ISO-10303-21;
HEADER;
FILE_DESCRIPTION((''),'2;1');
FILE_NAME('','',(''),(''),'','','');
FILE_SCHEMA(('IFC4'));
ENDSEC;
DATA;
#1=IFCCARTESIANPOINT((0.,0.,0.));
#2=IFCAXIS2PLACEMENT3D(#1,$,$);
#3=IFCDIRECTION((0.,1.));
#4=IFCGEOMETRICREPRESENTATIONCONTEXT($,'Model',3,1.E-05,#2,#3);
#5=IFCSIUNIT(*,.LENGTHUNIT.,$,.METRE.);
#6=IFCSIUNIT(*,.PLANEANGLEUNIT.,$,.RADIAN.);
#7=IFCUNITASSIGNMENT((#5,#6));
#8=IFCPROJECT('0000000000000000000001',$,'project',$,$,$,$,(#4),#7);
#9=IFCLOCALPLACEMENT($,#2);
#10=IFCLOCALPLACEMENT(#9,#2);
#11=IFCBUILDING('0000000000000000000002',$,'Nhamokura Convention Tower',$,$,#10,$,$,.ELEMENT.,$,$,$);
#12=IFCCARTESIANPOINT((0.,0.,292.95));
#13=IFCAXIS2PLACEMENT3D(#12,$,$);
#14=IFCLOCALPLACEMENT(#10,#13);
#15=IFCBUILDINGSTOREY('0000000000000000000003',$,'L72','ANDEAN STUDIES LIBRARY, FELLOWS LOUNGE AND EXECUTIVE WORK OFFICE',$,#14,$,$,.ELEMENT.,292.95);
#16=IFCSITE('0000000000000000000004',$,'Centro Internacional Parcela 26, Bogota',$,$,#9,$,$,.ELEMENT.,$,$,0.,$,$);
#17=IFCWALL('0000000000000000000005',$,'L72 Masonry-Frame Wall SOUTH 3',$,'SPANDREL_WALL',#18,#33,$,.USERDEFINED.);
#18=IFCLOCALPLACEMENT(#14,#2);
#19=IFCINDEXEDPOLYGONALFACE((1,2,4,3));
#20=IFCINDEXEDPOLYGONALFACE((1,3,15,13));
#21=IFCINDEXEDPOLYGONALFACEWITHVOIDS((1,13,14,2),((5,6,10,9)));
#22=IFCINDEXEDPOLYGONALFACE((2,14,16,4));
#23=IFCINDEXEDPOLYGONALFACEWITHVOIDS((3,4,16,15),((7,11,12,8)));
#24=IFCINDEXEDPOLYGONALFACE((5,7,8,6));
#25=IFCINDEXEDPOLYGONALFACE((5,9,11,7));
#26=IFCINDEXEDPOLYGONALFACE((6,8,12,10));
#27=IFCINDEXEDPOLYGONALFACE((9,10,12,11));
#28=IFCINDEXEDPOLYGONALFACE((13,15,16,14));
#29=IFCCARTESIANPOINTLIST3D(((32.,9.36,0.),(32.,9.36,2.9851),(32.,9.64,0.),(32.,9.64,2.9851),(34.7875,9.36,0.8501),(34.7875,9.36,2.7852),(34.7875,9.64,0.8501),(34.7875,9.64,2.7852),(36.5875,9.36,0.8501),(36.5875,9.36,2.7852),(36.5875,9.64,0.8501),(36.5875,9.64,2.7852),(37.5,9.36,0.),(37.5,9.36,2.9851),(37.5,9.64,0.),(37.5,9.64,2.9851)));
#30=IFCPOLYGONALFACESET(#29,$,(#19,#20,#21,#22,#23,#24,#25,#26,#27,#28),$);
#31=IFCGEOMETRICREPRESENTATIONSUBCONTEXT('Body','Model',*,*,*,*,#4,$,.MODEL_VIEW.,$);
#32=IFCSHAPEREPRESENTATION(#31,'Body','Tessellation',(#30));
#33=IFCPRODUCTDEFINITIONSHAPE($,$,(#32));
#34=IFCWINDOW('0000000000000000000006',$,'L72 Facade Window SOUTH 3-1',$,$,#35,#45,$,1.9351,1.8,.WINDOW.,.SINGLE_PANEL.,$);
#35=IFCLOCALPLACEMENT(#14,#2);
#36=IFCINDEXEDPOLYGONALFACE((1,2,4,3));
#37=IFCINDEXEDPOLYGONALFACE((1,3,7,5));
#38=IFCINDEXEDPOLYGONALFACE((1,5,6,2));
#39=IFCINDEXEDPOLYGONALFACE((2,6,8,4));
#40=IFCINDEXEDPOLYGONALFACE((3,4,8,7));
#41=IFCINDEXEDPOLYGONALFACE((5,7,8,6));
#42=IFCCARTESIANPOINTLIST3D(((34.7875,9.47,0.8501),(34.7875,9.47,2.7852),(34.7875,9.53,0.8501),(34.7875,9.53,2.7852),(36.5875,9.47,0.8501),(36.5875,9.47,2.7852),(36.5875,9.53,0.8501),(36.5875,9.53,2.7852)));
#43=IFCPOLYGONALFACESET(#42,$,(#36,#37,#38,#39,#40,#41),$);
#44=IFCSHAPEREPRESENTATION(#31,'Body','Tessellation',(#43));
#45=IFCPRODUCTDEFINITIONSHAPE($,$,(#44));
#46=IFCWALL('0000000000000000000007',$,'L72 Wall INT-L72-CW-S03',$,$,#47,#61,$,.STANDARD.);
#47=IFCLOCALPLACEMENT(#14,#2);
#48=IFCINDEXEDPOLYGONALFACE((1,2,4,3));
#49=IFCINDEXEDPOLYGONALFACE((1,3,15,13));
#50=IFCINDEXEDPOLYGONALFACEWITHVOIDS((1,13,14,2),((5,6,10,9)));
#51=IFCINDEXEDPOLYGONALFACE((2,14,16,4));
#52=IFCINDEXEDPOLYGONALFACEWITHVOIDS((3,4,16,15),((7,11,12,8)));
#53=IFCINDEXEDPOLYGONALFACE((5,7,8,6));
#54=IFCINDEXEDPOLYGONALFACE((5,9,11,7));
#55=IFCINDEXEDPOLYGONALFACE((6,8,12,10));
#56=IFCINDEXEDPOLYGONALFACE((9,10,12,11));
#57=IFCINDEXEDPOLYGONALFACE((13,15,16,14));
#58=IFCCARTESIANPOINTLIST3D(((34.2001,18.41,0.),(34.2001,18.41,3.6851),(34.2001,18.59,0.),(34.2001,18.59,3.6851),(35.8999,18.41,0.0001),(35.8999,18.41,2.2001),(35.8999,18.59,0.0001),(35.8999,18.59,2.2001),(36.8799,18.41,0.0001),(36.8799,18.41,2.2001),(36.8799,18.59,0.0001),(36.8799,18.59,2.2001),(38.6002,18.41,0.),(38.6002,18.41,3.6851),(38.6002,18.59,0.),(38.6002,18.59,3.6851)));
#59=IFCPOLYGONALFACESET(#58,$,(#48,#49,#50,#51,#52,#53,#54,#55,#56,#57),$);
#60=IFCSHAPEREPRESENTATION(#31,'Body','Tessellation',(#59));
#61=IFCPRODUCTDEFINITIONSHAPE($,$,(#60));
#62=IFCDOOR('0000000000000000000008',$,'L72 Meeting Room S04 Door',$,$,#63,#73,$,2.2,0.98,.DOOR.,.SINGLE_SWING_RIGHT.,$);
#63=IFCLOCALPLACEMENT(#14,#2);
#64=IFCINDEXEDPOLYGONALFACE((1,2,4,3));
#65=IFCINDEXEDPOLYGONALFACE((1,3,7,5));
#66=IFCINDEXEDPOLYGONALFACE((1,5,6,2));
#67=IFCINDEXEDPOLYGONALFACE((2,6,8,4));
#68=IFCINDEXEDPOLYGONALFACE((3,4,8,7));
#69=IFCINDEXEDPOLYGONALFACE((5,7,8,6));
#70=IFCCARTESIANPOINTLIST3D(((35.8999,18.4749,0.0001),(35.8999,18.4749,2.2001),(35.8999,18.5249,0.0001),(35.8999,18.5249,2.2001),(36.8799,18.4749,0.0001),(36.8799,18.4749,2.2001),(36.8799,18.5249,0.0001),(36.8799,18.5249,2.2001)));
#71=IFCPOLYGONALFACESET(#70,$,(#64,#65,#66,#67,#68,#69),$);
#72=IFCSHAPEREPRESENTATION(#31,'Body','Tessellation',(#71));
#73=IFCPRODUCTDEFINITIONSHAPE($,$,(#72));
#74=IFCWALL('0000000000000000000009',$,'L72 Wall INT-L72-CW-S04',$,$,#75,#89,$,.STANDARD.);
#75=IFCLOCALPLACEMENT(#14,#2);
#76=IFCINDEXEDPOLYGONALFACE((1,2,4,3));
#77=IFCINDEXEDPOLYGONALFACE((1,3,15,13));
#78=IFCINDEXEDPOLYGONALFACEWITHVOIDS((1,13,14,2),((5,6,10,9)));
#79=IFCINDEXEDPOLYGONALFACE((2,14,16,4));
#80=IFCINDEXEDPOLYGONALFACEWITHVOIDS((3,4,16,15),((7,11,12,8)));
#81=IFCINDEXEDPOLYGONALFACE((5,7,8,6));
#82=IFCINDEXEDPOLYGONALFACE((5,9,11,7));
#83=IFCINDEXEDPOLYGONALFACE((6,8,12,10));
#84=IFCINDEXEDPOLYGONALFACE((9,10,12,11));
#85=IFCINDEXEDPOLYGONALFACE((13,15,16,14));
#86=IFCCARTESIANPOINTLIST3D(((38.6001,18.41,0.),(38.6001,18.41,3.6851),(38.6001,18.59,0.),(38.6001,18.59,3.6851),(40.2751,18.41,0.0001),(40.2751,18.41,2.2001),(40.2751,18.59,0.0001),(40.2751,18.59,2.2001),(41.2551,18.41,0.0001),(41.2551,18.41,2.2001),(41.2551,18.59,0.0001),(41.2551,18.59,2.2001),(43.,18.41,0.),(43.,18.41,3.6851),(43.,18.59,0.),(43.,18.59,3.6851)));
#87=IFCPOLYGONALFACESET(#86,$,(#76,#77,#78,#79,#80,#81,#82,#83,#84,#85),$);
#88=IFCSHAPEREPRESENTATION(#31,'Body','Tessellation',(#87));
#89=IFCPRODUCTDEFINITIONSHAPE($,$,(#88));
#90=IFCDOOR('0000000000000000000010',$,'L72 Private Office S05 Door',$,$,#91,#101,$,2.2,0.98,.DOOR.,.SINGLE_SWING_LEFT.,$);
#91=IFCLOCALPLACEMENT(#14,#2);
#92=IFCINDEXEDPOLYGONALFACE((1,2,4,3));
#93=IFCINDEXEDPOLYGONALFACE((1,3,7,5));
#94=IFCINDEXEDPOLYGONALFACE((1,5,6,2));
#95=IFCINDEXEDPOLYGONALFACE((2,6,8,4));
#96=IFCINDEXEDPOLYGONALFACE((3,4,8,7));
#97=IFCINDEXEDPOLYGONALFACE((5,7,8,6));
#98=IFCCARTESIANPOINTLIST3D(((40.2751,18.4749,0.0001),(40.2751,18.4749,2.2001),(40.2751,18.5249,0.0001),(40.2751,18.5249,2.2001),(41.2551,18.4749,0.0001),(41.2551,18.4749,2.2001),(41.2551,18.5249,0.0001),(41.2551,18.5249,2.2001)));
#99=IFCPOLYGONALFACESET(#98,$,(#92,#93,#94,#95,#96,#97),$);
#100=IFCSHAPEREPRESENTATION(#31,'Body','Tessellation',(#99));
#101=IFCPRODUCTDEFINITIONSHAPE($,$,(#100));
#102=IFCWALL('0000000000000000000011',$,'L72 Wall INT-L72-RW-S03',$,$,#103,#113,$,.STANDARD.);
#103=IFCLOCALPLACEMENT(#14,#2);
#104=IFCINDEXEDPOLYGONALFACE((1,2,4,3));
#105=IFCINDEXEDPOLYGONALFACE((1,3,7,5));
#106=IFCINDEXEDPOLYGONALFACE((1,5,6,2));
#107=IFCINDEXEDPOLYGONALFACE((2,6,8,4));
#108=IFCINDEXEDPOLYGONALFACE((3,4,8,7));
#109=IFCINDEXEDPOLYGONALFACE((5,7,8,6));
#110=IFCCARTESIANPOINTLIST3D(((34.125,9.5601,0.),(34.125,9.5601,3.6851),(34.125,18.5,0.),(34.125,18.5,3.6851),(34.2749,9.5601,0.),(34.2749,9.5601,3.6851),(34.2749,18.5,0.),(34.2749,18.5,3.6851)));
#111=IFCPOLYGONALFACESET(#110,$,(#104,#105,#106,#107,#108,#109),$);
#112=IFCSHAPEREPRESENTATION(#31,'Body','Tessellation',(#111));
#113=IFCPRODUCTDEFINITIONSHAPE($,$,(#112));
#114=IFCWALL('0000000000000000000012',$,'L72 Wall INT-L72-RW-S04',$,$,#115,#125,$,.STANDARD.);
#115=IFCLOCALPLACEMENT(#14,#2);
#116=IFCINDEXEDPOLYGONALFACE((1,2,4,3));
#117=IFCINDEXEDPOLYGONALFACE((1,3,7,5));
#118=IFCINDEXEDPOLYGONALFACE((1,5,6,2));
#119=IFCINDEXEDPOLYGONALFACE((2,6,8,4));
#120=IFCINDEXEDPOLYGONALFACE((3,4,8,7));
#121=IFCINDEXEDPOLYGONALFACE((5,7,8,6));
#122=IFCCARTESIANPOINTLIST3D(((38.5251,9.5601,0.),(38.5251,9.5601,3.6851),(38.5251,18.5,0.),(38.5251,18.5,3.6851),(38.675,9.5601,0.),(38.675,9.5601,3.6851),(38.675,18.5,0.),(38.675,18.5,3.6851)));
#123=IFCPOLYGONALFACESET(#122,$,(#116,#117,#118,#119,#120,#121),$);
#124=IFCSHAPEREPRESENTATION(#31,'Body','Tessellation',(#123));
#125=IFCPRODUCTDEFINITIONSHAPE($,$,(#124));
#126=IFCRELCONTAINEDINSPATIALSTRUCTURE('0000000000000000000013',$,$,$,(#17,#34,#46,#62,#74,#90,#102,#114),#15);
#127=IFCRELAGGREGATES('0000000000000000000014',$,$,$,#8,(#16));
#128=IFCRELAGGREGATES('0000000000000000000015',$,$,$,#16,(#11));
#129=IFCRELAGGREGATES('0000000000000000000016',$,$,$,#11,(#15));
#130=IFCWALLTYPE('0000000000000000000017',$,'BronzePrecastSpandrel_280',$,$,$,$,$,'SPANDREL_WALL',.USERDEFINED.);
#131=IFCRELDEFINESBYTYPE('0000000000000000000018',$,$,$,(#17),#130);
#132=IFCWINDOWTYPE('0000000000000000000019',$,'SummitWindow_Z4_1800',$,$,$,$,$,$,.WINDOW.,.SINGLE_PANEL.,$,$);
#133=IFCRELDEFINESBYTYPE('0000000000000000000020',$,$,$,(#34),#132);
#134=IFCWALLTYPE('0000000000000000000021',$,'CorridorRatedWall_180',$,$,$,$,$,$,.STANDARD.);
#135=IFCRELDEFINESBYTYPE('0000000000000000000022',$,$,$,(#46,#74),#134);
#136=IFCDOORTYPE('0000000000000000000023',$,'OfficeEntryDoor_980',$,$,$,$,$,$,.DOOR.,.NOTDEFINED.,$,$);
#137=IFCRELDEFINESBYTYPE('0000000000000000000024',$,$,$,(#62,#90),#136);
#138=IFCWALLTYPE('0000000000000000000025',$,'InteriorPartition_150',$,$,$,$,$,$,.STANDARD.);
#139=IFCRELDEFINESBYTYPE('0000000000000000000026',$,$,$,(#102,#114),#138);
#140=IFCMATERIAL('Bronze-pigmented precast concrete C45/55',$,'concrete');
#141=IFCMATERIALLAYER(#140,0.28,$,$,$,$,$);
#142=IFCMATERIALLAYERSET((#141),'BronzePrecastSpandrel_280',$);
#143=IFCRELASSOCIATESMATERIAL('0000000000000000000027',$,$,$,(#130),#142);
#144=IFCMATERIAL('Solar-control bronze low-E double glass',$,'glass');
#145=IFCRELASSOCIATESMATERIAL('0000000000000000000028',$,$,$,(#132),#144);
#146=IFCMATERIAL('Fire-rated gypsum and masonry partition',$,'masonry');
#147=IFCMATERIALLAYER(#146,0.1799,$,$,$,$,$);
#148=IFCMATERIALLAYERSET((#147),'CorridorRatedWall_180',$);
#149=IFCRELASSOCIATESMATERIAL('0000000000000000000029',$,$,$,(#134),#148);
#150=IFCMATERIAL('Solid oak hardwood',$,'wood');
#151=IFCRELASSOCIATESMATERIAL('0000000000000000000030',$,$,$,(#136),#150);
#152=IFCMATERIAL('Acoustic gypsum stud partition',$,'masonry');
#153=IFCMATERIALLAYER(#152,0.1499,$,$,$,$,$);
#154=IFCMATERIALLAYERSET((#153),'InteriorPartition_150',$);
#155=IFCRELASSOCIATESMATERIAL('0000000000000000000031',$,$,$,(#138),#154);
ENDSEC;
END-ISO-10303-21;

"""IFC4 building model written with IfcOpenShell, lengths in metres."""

from ifc_helpers import new_model, si_unit, direction, frame, frame_2d, origin, place, context, subcontext, project, spatial, rectangle, extrude, material, layer, layer_set, type_object, element, fill, save


model = new_model("IFC4")

# Units and contexts
model_context = context("Model", 3, precision=1e-05, world=origin(), true_north=direction((0.0, 1.0)))
body_context = subcontext(model_context, "Body", "Model", "MODEL_VIEW")
ifc_project = project(units=[si_unit("LENGTHUNIT", "METRE"), si_unit("PLANEANGLEUNIT", "RADIAN")], contexts=[model_context])

# Site, building, storey
site_placement = place(None, origin())
site = spatial("IfcSite", under=ifc_project, at=site_placement, Name="Centro Internacional Parcela 26, Bogota", CompositionType="ELEMENT", RefElevation=0.0)
building_placement = place(site_placement, origin())
building = spatial("IfcBuilding", under=site, at=building_placement, Name="Nhamokura Convention Tower", CompositionType="ELEMENT")
storey_placement = place(building_placement, frame((0.0, 0.0, 292.95)))
storey = spatial("IfcBuildingStorey", under=building, at=storey_placement, Name="L72", Description="ANDEAN STUDIES LIBRARY, FELLOWS LOUNGE AND EXECUTIVE WORK OFFICE", CompositionType="ELEMENT", Elevation=292.95)

# Wall, opening, window
ifc_material_1 = material(Name="Bronze-pigmented precast concrete C45/55", Category="concrete")
ifc_layer_1 = layer(ifc_material_1, 0.28)
ifc_layer_set_1 = layer_set([ifc_layer_1], Name="BronzePrecastSpandrel_280")
wall_type_1 = type_object("IfcWallType", Name="BronzePrecastSpandrel_280", ElementType="SPANDREL_WALL", PredefinedType="USERDEFINED", material=ifc_layer_set_1)
ifc_material_2 = material(Name="Solar-control bronze low-E double glass", Category="glass")
window_type = type_object("IfcWindowType", Name="SummitWindow_Z4_1800", PartitioningType="SINGLE_PANEL", PredefinedType="WINDOW", material=ifc_material_2)
wall_1_placement = place(storey_placement, frame((37.5, 9.5, 0.0), z_axis=(0.0, 0.0, 1.0), x_axis=(-1.0, 0.0, 0.0)))
wall_1 = element("IfcWall", 1, at=wall_1_placement, inside=storey, type_object=wall_type_1, Name="L72 Masonry-Frame Wall SOUTH 3", ObjectType="SPANDREL_WALL", PredefinedType="USERDEFINED", context=body_context, shape_type="SweptSolid", body=[
    extrude(rectangle(XDim=5.5, YDim=0.28, at=frame_2d((2.75, 0.0))), origin(), (0.0, 0.0, 1.0), 2.9851),
])
opening_1_placement = place(wall_1_placement, frame((0.9126, 0.0, 0.8501)))
opening_1 = element("IfcOpeningElement", 2, at=opening_1_placement, cuts=wall_1, PredefinedType="OPENING", context=body_context, shape_type="SweptSolid", body=[
    extrude(rectangle(XDim=1.8, YDim=1.9351, at=frame_2d((0.8999, 0.9675))), frame((0.0, 0.1499, 0.0), z_axis=(0.0, -1.0, 0.0), x_axis=(1.0, 0.0, 0.0)), (0.0, 0.0, 1.0), 0.3),
])
window_1_placement = place(opening_1_placement, origin())
window_1 = element("IfcWindow", 3, at=window_1_placement, inside=storey, type_object=window_type, Name="L72 Facade Window SOUTH 3-1", OverallHeight=1.9351, OverallWidth=1.8, PartitioningType="SINGLE_PANEL", PredefinedType="WINDOW", context=body_context, shape_type="SweptSolid", body=[
    extrude(rectangle(XDim=1.8, YDim=1.9351, at=frame_2d((0.8999, 0.9675))), frame((0.0, 0.03, 0.0), z_axis=(0.0, -1.0, 0.0), x_axis=(1.0, 0.0, 0.0)), (0.0, 0.0, 1.0), 0.0601),
])
fill(opening_1, window_1)

# Walls, openings, doors
ifc_material_3 = material(Name="Fire-rated gypsum and masonry partition", Category="masonry")
ifc_layer_2 = layer(ifc_material_3, 0.1799)
ifc_layer_set_2 = layer_set([ifc_layer_2], Name="CorridorRatedWall_180")
wall_type_2 = type_object("IfcWallType", Name="CorridorRatedWall_180", PredefinedType="STANDARD", material=ifc_layer_set_2)
wall_2_placement = place(storey_placement, frame((34.2, 18.5, 0.0), z_axis=(0.0, 0.0, 1.0), x_axis=(1.0, 0.0, 0.0)))
wall_2 = element("IfcWall", 4, at=wall_2_placement, inside=storey, type_object=wall_type_2, Name="L72 Wall INT-L72-CW-S03", PredefinedType="STANDARD", context=body_context, shape_type="SweptSolid", body=[
    extrude(rectangle(XDim=4.4001, YDim=0.1799, at=frame_2d((2.2002, 0.0))), origin(), (0.0, 0.0, 1.0), 3.6851),
])
opening_2_placement = place(wall_2_placement, frame((1.7, 0.0, 0.0)))
opening_2 = element("IfcOpeningElement", 5, at=opening_2_placement, cuts=wall_2, PredefinedType="OPENING", context=body_context, shape_type="SweptSolid", body=[
    extrude(rectangle(XDim=0.98, YDim=2.2, at=frame_2d((0.49, 1.1001))), frame((0.0, 0.0999, 0.0), z_axis=(0.0, -1.0, 0.0), x_axis=(1.0, 0.0, 0.0)), (0.0, 0.0, 1.0), 0.2),
])
ifc_material_4 = material(Name="Solid oak hardwood", Category="wood")
door_type = type_object("IfcDoorType", Name="OfficeEntryDoor_980", OperationType="NOTDEFINED", PredefinedType="DOOR", material=ifc_material_4)
door_1_placement = place(opening_2_placement, origin())
door_1 = element("IfcDoor", 6, at=door_1_placement, inside=storey, type_object=door_type, Name="L72 Meeting Room S04 Door", OperationType="SINGLE_SWING_RIGHT", OverallHeight=2.2, OverallWidth=0.98, PredefinedType="DOOR", context=body_context, shape_type="SweptSolid", body=[
    extrude(rectangle(XDim=0.98, YDim=2.2, at=frame_2d((0.49, 1.1001))), frame((0.0, 0.0249, 0.0), z_axis=(0.0, -1.0, 0.0), x_axis=(1.0, 0.0, 0.0)), (0.0, 0.0, 1.0), 0.05),
])
fill(opening_2, door_1)
wall_3_placement = place(storey_placement, frame((38.6001, 18.5, 0.0), z_axis=(0.0, 0.0, 1.0), x_axis=(1.0, 0.0, 0.0)))
wall_3 = element("IfcWall", 7, at=wall_3_placement, inside=storey, type_object=wall_type_2, Name="L72 Wall INT-L72-CW-S04", PredefinedType="STANDARD", context=body_context, shape_type="SweptSolid", body=[
    extrude(rectangle(XDim=4.3999, YDim=0.1799, at=frame_2d((2.2, 0.0))), origin(), (0.0, 0.0, 1.0), 3.6851),
])
opening_3_placement = place(wall_3_placement, frame((1.675, 0.0, 0.0)))
opening_3 = element("IfcOpeningElement", 8, at=opening_3_placement, cuts=wall_3, PredefinedType="OPENING", context=body_context, shape_type="SweptSolid", body=[
    extrude(rectangle(XDim=0.98, YDim=2.2, at=frame_2d((0.49, 1.1001))), frame((0.0, 0.0999, 0.0), z_axis=(0.0, -1.0, 0.0), x_axis=(1.0, 0.0, 0.0)), (0.0, 0.0, 1.0), 0.2),
])
door_2_placement = place(opening_3_placement, origin())
door_2 = element("IfcDoor", 9, at=door_2_placement, inside=storey, type_object=door_type, Name="L72 Private Office S05 Door", OperationType="SINGLE_SWING_LEFT", OverallHeight=2.2, OverallWidth=0.98, PredefinedType="DOOR", context=body_context, shape_type="SweptSolid", body=[
    extrude(rectangle(XDim=0.98, YDim=2.2, at=frame_2d((0.49, 1.1001))), frame((0.0, 0.0249, 0.0), z_axis=(0.0, -1.0, 0.0), x_axis=(1.0, 0.0, 0.0)), (0.0, 0.0, 1.0), 0.05),
])
fill(opening_3, door_2)

# Walls
ifc_material_5 = material(Name="Acoustic gypsum stud partition", Category="masonry")
ifc_layer_3 = layer(ifc_material_5, 0.1499)
ifc_layer_set_3 = layer_set([ifc_layer_3], Name="InteriorPartition_150")
wall_type_3 = type_object("IfcWallType", Name="InteriorPartition_150", PredefinedType="STANDARD", material=ifc_layer_set_3)
for number, where, z_axis, x_axis, name in (
    (10, (34.2, 9.5601, 0.0), (0.0, 0.0, 1.0), (0.0, 1.0, 0.0), "L72 Wall INT-L72-RW-S03"),
    (11, (38.6001, 9.5601, 0.0), (0.0, 0.0, 1.0), (0.0, 1.0, 0.0), "L72 Wall INT-L72-RW-S04"),
):
    element("IfcWall", number, at=place(storey_placement, frame(where, z_axis=z_axis, x_axis=x_axis)), inside=storey, type_object=wall_type_3, Name=name, PredefinedType="STANDARD", context=body_context, shape_type="SweptSolid", body=[
        extrude(rectangle(XDim=8.9399, YDim=0.1499, at=frame_2d((4.47, 0.0))), origin(), (0.0, 0.0, 1.0), 3.6851),
    ])

save(model, "model.ifc")
